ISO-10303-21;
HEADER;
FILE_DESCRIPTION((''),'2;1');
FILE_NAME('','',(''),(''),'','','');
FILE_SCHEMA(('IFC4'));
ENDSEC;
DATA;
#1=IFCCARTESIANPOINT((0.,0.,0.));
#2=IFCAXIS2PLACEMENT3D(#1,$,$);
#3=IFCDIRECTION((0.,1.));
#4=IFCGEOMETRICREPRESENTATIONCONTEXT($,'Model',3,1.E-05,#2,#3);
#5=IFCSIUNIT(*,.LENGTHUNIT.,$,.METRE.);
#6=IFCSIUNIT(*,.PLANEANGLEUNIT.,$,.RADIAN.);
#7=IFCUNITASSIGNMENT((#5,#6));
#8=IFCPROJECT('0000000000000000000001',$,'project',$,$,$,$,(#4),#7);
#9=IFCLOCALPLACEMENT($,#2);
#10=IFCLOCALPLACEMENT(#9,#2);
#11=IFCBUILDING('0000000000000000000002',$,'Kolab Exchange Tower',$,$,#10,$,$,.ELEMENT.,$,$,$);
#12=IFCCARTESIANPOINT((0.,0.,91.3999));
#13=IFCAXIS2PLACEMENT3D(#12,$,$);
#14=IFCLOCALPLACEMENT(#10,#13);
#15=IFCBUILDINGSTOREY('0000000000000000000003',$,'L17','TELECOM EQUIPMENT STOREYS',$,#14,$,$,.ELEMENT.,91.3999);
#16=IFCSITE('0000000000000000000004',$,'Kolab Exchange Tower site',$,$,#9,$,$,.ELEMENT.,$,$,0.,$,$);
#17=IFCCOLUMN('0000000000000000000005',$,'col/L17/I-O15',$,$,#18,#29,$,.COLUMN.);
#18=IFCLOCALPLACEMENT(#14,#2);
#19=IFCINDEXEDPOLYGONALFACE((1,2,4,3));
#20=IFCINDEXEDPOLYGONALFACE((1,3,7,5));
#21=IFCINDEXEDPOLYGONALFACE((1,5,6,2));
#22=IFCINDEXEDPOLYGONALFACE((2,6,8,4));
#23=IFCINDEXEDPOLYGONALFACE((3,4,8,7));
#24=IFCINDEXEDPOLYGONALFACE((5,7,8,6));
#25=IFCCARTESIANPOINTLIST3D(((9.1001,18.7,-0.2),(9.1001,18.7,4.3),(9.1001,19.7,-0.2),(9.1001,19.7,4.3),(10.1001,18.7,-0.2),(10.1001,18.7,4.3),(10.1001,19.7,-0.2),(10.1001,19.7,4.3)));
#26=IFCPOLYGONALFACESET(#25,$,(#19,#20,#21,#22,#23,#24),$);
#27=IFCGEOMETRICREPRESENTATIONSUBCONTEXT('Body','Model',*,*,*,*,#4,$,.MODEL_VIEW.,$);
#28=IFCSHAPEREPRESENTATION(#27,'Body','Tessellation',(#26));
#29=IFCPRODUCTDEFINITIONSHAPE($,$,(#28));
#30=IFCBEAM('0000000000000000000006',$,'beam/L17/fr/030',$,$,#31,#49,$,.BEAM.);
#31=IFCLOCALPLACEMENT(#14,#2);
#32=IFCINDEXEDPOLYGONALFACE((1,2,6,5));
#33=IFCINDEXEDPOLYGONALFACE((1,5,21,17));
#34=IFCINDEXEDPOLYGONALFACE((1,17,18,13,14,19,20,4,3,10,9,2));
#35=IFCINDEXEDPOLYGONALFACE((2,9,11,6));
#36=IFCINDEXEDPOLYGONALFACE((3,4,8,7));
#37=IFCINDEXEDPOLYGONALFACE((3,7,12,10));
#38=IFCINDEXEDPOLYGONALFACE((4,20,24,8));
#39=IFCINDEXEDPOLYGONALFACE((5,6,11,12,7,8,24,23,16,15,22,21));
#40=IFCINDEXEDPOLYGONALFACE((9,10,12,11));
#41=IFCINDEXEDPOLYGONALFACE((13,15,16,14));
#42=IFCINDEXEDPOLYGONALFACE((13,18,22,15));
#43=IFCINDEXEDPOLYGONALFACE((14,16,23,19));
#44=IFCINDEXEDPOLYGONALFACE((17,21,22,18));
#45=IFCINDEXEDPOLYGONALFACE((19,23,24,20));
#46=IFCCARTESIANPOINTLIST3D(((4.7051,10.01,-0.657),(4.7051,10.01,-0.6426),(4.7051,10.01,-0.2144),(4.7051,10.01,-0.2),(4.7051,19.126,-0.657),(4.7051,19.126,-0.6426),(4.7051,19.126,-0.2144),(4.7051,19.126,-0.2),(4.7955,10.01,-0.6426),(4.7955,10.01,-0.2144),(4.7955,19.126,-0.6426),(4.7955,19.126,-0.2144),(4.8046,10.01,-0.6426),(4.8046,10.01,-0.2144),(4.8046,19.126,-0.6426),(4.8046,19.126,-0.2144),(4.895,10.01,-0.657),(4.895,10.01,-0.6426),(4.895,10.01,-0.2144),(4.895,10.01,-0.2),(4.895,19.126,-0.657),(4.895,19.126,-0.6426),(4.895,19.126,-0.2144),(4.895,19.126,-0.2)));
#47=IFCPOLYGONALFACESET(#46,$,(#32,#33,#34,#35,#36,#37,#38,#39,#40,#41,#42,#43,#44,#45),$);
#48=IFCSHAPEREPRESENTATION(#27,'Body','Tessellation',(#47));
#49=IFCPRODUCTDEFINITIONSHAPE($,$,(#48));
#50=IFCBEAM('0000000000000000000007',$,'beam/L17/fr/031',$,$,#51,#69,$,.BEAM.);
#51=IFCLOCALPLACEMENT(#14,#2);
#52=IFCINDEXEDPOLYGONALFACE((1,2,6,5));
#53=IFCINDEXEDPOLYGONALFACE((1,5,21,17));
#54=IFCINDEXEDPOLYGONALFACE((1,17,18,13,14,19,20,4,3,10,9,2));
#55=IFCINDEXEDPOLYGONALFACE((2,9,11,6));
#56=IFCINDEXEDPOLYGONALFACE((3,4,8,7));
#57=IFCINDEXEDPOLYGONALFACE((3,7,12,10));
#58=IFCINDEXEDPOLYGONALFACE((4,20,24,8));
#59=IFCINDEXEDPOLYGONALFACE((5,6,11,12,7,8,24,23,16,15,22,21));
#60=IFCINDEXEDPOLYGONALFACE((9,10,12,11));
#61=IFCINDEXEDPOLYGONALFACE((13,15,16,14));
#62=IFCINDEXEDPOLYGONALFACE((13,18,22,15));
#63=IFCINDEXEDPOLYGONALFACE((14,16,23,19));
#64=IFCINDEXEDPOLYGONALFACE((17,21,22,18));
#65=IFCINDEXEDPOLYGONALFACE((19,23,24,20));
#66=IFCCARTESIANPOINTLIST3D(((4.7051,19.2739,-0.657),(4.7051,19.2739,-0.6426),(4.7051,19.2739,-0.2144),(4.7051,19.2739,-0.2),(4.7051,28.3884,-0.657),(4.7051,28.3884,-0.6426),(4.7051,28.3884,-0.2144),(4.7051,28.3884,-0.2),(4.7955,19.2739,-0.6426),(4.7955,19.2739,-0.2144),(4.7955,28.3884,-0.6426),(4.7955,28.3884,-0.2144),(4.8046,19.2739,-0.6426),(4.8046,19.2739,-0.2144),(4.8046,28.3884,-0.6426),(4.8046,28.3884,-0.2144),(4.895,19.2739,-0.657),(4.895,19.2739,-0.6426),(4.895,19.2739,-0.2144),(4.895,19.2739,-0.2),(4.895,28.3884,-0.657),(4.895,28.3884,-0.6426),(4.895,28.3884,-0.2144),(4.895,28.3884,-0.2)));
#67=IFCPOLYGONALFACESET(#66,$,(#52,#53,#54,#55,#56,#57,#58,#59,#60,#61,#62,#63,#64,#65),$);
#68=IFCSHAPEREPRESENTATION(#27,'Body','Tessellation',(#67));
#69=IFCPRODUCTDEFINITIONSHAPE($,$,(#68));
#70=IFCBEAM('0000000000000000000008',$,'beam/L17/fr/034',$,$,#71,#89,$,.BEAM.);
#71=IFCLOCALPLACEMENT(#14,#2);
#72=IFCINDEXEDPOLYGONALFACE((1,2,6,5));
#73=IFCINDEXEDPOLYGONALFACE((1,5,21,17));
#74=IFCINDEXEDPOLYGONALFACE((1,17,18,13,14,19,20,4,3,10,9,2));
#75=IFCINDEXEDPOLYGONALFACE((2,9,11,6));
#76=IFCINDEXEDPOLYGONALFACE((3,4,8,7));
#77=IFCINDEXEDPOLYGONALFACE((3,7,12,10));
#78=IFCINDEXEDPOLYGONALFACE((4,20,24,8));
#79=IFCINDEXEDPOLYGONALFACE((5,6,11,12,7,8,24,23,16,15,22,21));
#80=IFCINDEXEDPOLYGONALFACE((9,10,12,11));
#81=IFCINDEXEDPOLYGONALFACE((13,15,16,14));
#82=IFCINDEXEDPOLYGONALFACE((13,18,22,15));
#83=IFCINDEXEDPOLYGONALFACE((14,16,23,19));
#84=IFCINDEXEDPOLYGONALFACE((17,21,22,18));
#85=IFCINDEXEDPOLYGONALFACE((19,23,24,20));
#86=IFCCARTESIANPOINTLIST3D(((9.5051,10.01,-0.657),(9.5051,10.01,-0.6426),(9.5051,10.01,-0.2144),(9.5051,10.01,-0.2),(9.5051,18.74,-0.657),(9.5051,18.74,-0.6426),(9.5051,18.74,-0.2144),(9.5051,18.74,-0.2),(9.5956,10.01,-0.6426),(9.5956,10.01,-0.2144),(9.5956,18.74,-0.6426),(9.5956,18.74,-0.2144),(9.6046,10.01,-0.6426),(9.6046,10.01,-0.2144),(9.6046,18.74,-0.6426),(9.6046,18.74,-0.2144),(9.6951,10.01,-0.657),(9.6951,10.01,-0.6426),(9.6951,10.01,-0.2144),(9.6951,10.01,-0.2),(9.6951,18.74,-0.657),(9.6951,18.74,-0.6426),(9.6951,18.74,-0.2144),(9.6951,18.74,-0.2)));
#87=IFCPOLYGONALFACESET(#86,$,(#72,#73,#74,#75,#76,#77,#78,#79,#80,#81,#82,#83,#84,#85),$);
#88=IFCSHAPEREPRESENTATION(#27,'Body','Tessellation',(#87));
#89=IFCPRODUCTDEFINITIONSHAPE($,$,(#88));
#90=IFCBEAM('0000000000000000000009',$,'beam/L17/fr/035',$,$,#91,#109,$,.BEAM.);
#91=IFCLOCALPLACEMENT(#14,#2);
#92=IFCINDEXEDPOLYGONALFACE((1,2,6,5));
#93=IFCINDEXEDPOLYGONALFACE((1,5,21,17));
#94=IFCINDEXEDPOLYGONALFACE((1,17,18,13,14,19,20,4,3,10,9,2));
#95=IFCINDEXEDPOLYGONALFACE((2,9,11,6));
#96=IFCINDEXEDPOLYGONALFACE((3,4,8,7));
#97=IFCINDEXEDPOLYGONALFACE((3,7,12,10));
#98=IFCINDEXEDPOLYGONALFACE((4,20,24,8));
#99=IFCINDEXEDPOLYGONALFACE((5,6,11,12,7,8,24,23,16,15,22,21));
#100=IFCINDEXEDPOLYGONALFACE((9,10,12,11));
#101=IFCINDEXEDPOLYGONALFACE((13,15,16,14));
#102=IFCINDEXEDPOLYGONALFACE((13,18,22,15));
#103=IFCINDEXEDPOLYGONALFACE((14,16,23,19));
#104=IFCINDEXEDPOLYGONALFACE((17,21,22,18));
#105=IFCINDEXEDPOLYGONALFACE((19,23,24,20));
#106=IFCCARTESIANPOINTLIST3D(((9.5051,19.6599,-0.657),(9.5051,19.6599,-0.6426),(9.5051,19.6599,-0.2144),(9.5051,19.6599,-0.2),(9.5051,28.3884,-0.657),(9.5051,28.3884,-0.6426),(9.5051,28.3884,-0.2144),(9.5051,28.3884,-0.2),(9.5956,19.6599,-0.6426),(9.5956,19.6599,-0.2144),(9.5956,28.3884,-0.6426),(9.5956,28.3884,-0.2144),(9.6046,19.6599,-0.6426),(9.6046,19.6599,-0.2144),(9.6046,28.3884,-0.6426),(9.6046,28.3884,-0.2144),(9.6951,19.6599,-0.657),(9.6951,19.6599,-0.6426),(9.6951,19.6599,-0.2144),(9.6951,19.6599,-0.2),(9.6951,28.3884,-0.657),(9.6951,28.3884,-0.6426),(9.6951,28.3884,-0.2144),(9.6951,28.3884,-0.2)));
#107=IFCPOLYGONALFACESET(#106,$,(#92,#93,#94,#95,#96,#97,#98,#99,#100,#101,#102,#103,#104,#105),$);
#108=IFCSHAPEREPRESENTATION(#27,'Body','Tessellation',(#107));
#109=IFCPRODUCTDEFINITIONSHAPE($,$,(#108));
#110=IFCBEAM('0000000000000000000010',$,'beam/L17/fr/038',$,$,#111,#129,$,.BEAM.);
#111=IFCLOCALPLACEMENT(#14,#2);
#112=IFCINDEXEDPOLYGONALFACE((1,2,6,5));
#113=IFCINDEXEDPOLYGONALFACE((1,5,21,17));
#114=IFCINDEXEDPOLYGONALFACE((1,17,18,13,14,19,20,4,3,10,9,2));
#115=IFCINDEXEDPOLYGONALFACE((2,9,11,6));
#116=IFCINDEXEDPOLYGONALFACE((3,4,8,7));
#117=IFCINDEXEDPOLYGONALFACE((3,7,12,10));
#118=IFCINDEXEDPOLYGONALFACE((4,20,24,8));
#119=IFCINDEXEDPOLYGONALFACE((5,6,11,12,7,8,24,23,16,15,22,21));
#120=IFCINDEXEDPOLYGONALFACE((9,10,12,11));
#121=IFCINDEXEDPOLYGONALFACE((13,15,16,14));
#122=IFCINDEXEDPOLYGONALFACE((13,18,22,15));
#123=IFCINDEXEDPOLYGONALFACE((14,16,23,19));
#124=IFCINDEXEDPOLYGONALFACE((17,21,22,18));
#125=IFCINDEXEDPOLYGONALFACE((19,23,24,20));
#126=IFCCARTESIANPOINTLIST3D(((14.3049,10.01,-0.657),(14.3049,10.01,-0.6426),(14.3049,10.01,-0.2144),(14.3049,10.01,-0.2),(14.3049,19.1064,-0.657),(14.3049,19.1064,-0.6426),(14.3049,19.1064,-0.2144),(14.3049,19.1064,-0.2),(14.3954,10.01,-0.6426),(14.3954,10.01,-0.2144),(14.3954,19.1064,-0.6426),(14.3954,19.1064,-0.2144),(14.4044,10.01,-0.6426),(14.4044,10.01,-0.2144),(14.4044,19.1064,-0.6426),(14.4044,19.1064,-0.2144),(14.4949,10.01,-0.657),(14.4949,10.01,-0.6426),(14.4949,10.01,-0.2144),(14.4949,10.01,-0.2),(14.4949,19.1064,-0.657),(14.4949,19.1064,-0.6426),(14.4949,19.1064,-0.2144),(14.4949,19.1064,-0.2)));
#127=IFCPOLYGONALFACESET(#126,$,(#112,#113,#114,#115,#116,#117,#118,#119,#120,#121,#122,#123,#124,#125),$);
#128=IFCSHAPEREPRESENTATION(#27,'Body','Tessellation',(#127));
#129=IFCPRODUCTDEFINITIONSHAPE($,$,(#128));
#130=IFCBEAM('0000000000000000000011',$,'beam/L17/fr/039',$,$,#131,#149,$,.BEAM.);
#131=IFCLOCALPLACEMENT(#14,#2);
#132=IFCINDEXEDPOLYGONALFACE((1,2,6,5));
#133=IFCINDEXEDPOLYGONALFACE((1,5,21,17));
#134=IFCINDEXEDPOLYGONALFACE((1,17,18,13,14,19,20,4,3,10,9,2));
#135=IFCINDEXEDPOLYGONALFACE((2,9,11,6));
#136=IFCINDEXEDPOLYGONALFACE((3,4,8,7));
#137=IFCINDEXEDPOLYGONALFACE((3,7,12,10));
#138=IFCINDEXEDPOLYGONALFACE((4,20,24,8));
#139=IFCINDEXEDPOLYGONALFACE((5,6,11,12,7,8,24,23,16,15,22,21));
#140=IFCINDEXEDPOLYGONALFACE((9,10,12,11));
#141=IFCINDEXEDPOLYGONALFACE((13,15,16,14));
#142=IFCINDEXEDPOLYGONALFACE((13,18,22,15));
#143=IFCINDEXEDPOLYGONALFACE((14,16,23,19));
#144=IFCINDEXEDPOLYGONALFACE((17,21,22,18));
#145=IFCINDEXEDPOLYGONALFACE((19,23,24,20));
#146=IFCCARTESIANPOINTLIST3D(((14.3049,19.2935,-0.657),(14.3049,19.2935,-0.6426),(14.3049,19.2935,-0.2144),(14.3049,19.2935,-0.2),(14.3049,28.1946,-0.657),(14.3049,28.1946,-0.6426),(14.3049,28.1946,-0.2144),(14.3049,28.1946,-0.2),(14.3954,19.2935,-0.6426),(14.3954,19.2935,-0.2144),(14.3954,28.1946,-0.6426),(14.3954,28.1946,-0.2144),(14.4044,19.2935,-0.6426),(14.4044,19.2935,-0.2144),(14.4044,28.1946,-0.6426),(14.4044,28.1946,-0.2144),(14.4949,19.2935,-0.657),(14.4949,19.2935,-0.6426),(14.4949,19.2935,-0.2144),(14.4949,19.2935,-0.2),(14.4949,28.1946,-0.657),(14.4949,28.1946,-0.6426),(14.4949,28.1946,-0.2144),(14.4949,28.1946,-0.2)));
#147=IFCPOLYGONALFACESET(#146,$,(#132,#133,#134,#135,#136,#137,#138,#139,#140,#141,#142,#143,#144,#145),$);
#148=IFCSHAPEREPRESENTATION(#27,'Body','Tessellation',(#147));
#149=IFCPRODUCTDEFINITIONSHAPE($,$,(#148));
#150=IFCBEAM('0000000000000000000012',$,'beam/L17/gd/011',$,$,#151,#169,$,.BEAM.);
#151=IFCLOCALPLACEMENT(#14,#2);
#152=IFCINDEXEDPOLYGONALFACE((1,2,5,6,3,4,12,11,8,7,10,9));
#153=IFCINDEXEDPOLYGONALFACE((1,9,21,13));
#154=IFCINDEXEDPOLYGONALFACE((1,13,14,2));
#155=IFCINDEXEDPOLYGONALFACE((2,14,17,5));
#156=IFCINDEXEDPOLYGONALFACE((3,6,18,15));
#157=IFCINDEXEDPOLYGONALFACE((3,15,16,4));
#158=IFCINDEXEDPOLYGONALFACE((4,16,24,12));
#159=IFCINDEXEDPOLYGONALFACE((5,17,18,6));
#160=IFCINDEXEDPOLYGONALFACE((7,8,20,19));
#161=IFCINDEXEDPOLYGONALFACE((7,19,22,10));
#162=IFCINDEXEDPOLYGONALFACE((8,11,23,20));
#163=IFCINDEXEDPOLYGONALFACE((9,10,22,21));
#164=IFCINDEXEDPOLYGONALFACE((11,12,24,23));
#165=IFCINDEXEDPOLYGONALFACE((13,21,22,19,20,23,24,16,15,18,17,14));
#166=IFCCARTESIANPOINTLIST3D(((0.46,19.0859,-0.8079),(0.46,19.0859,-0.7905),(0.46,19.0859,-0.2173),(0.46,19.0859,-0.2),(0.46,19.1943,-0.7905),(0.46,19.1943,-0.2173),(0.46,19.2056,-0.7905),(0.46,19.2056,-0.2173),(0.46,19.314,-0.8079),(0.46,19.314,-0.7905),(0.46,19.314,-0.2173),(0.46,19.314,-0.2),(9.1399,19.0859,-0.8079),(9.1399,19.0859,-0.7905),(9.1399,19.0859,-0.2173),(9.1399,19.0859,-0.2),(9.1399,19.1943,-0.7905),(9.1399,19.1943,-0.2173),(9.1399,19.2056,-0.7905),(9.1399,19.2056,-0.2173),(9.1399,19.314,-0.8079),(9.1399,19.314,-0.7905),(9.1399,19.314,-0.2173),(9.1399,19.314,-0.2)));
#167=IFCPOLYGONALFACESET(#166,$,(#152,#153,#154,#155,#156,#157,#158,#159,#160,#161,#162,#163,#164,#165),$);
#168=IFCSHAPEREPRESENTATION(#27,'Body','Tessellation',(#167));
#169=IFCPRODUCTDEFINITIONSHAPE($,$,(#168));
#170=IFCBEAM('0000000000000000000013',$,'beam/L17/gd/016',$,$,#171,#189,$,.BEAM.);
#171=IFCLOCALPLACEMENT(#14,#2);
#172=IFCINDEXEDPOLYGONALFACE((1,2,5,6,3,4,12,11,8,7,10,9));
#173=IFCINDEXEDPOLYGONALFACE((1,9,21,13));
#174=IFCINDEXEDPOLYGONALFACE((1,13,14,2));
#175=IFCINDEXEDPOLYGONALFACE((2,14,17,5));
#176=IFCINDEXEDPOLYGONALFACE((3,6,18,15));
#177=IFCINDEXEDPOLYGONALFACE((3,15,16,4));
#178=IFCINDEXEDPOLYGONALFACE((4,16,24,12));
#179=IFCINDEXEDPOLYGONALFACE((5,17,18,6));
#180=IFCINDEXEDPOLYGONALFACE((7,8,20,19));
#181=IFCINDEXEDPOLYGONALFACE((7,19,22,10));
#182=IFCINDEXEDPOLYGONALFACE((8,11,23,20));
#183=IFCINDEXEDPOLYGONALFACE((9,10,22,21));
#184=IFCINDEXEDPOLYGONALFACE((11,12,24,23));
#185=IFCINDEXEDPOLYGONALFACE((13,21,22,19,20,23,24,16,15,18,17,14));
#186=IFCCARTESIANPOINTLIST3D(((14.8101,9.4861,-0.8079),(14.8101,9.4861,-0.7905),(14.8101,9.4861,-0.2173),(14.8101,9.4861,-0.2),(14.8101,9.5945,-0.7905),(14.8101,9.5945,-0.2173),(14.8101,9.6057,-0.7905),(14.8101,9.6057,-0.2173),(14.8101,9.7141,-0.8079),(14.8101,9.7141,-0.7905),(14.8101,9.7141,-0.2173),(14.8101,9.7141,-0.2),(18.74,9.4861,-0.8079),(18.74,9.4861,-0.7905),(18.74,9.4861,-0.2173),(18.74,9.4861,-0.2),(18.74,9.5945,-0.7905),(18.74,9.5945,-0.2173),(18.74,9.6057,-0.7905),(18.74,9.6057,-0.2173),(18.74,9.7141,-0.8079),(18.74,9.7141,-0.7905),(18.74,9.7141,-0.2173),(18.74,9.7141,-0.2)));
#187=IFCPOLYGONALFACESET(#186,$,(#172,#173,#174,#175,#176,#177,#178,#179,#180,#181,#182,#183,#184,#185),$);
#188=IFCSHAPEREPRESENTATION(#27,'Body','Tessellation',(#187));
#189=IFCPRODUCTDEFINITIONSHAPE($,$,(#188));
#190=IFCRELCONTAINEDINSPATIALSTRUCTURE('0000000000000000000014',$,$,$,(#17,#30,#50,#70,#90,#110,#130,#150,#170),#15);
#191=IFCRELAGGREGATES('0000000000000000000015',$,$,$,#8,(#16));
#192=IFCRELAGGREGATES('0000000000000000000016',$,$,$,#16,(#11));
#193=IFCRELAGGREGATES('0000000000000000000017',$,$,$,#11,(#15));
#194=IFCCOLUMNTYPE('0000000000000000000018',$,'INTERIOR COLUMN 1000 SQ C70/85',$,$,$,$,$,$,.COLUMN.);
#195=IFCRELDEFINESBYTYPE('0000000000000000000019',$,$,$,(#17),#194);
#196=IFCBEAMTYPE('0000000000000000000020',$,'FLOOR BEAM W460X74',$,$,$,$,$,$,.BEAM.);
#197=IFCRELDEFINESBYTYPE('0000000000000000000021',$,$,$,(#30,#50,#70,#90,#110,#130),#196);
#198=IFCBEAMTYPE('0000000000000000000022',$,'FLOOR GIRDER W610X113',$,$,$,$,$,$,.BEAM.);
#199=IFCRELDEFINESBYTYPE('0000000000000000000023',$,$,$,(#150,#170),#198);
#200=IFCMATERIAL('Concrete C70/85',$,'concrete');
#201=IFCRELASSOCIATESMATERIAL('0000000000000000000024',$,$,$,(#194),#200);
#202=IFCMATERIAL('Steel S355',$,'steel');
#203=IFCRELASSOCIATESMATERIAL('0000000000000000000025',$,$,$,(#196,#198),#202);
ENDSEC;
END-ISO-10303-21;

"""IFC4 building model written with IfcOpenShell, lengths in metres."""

from ifc_helpers import new_model, si_unit, direction, frame, origin, origin_2d, place, context, subcontext, project, spatial, rectangle, i_section, extrude, material, material_profile, profile_set, type_object, element, save


model = new_model("IFC4")

# Units and contexts
model_context = context("Model", 3, precision=1e-05, world=origin(), true_north=direction((0.0, 1.0)))
body_context = subcontext(model_context, "Body", "Model", "MODEL_VIEW")
ifc_project = project(units=[si_unit("LENGTHUNIT", "METRE"), si_unit("PLANEANGLEUNIT", "RADIAN")], contexts=[model_context])

# Site, building, storey
site_placement = place(None, origin())
site = spatial("IfcSite", under=ifc_project, at=site_placement, Name="Kolab Exchange Tower site", CompositionType="ELEMENT", RefElevation=0.0)
building_placement = place(site_placement, origin())
building = spatial("IfcBuilding", under=site, at=building_placement, Name="Kolab Exchange Tower", CompositionType="ELEMENT")
storey_placement = place(building_placement, frame((0.0, 0.0, 91.3999)))
storey = spatial("IfcBuildingStorey", under=building, at=storey_placement, Name="L17", Description="TELECOM EQUIPMENT STOREYS", CompositionType="ELEMENT", Elevation=91.3999)

# Column
ifc_material_1 = material(Name="Concrete C70/85", Category="concrete")
ifc_material_profile_1 = material_profile(ifc_material_1, rectangle(XDim=1.0, YDim=1.0, at=origin_2d()), Name="RC1000")
ifc_profile_set_1 = profile_set([ifc_material_profile_1], Name="Concrete C70/85")
column_type = type_object("IfcColumnType", Name="INTERIOR COLUMN 1000 SQ C70/85", PredefinedType="COLUMN", material=ifc_profile_set_1)
column_placement = place(storey_placement, frame((9.6001, 19.2, -0.2), z_axis=(0.0, 0.0, 1.0), x_axis=(1.0, 0.0, 0.0)))
element("IfcColumn", 1, at=column_placement, inside=storey, type_object=column_type, Name="col/L17/I-O15", PredefinedType="COLUMN", context=body_context, shape_type="SweptSolid", body=[
    extrude(rectangle(XDim=1.0, YDim=1.0, at=origin_2d()), origin(), (0.0, 0.0, 1.0), 4.5),
])

# Beams
ifc_material_2 = material(Name="Steel S355", Category="steel")
ifc_material_profile_2 = material_profile(ifc_material_2, i_section(OverallWidth=0.1899, OverallDepth=0.457, WebThickness=0.009, FlangeThickness=0.0144, at=origin_2d()), Name="W460X74")
ifc_profile_set_2 = profile_set([ifc_material_profile_2], Name="Steel S355")
beam_type_1 = type_object("IfcBeamType", Name="FLOOR BEAM W460X74", PredefinedType="BEAM", material=ifc_profile_set_2)
beam_1_placement = place(storey_placement, frame((4.8, 10.01, -0.4285), z_axis=(0.0, 1.0, 0.0), x_axis=(-1.0, 0.0, 0.0)))
element("IfcBeam", 2, at=beam_1_placement, inside=storey, type_object=beam_type_1, Name="beam/L17/fr/030", PredefinedType="BEAM", context=body_context, shape_type="SweptSolid", body=[
    extrude(i_section(OverallWidth=0.1899, OverallDepth=0.457, WebThickness=0.009, FlangeThickness=0.0144, at=origin_2d()), origin(), (0.0, 0.0, 1.0), 9.116),
])
beam_2_placement = place(storey_placement, frame((4.8, 19.2739, -0.4285), z_axis=(0.0, 1.0, 0.0), x_axis=(-1.0, 0.0, 0.0)))
element("IfcBeam", 3, at=beam_2_placement, inside=storey, type_object=beam_type_1, Name="beam/L17/fr/031", PredefinedType="BEAM", context=body_context, shape_type="SweptSolid", body=[
    extrude(i_section(OverallWidth=0.1899, OverallDepth=0.457, WebThickness=0.009, FlangeThickness=0.0144, at=origin_2d()), origin(), (0.0, 0.0, 1.0), 9.1145),
])
beam_3_placement = place(storey_placement, frame((9.6001, 10.01, -0.4285), z_axis=(0.0, 1.0, 0.0), x_axis=(-1.0, 0.0, 0.0)))
element("IfcBeam", 4, at=beam_3_placement, inside=storey, type_object=beam_type_1, Name="beam/L17/fr/034", PredefinedType="BEAM", context=body_context, shape_type="SweptSolid", body=[
    extrude(i_section(OverallWidth=0.1899, OverallDepth=0.457, WebThickness=0.009, FlangeThickness=0.0144, at=origin_2d()), origin(), (0.0, 0.0, 1.0), 8.73),
])
beam_4_placement = place(storey_placement, frame((9.6001, 19.6599, -0.4285), z_axis=(0.0, 1.0, 0.0), x_axis=(-1.0, 0.0, 0.0)))
element("IfcBeam", 5, at=beam_4_placement, inside=storey, type_object=beam_type_1, Name="beam/L17/fr/035", PredefinedType="BEAM", context=body_context, shape_type="SweptSolid", body=[
    extrude(i_section(OverallWidth=0.1899, OverallDepth=0.457, WebThickness=0.009, FlangeThickness=0.0144, at=origin_2d()), origin(), (0.0, 0.0, 1.0), 8.7285),
])
beam_5_placement = place(storey_placement, frame((14.3999, 10.01, -0.4285), z_axis=(0.0, 1.0, 0.0), x_axis=(-1.0, 0.0, 0.0)))
element("IfcBeam", 6, at=beam_5_placement, inside=storey, type_object=beam_type_1, Name="beam/L17/fr/038", PredefinedType="BEAM", context=body_context, shape_type="SweptSolid", body=[
    extrude(i_section(OverallWidth=0.1899, OverallDepth=0.457, WebThickness=0.009, FlangeThickness=0.0144, at=origin_2d()), origin(), (0.0, 0.0, 1.0), 9.0964),
])
beam_6_placement = place(storey_placement, frame((14.3999, 19.2935, -0.4285), z_axis=(0.0, 1.0, 0.0), x_axis=(-1.0, 0.0, 0.0)))
element("IfcBeam", 7, at=beam_6_placement, inside=storey, type_object=beam_type_1, Name="beam/L17/fr/039", PredefinedType="BEAM", context=body_context, shape_type="SweptSolid", body=[
    extrude(i_section(OverallWidth=0.1899, OverallDepth=0.457, WebThickness=0.009, FlangeThickness=0.0144, at=origin_2d()), origin(), (0.0, 0.0, 1.0), 8.9011),
])
ifc_material_profile_3 = material_profile(ifc_material_2, i_section(OverallWidth=0.228, OverallDepth=0.6079, WebThickness=0.0112, FlangeThickness=0.0173, at=origin_2d()), Name="W610X113")
ifc_profile_set_3 = profile_set([ifc_material_profile_3], Name="Steel S355")
beam_type_2 = type_object("IfcBeamType", Name="FLOOR GIRDER W610X113", PredefinedType="BEAM", material=ifc_profile_set_3)
beam_7_placement = place(storey_placement, frame((0.46, 19.2, -0.5039), z_axis=(1.0, 0.0, 0.0), x_axis=(0.0, 1.0, 0.0)))
element("IfcBeam", 8, at=beam_7_placement, inside=storey, type_object=beam_type_2, Name="beam/L17/gd/011", PredefinedType="BEAM", context=body_context, shape_type="SweptSolid", body=[
    extrude(i_section(OverallWidth=0.228, OverallDepth=0.6079, WebThickness=0.0112, FlangeThickness=0.0173, at=origin_2d()), origin(), (0.0, 0.0, 1.0), 8.6799),
])
beam_8_placement = place(storey_placement, frame((14.8101, 9.6001, -0.5039), z_axis=(1.0, 0.0, 0.0), x_axis=(0.0, 1.0, 0.0)))
element("IfcBeam", 9, at=beam_8_placement, inside=storey, type_object=beam_type_2, Name="beam/L17/gd/016", PredefinedType="BEAM", context=body_context, shape_type="SweptSolid", body=[
    extrude(i_section(OverallWidth=0.228, OverallDepth=0.6079, WebThickness=0.0112, FlangeThickness=0.0173, at=origin_2d()), origin(), (0.0, 0.0, 1.0), 3.9299),
])

save(model, "model.ifc")
